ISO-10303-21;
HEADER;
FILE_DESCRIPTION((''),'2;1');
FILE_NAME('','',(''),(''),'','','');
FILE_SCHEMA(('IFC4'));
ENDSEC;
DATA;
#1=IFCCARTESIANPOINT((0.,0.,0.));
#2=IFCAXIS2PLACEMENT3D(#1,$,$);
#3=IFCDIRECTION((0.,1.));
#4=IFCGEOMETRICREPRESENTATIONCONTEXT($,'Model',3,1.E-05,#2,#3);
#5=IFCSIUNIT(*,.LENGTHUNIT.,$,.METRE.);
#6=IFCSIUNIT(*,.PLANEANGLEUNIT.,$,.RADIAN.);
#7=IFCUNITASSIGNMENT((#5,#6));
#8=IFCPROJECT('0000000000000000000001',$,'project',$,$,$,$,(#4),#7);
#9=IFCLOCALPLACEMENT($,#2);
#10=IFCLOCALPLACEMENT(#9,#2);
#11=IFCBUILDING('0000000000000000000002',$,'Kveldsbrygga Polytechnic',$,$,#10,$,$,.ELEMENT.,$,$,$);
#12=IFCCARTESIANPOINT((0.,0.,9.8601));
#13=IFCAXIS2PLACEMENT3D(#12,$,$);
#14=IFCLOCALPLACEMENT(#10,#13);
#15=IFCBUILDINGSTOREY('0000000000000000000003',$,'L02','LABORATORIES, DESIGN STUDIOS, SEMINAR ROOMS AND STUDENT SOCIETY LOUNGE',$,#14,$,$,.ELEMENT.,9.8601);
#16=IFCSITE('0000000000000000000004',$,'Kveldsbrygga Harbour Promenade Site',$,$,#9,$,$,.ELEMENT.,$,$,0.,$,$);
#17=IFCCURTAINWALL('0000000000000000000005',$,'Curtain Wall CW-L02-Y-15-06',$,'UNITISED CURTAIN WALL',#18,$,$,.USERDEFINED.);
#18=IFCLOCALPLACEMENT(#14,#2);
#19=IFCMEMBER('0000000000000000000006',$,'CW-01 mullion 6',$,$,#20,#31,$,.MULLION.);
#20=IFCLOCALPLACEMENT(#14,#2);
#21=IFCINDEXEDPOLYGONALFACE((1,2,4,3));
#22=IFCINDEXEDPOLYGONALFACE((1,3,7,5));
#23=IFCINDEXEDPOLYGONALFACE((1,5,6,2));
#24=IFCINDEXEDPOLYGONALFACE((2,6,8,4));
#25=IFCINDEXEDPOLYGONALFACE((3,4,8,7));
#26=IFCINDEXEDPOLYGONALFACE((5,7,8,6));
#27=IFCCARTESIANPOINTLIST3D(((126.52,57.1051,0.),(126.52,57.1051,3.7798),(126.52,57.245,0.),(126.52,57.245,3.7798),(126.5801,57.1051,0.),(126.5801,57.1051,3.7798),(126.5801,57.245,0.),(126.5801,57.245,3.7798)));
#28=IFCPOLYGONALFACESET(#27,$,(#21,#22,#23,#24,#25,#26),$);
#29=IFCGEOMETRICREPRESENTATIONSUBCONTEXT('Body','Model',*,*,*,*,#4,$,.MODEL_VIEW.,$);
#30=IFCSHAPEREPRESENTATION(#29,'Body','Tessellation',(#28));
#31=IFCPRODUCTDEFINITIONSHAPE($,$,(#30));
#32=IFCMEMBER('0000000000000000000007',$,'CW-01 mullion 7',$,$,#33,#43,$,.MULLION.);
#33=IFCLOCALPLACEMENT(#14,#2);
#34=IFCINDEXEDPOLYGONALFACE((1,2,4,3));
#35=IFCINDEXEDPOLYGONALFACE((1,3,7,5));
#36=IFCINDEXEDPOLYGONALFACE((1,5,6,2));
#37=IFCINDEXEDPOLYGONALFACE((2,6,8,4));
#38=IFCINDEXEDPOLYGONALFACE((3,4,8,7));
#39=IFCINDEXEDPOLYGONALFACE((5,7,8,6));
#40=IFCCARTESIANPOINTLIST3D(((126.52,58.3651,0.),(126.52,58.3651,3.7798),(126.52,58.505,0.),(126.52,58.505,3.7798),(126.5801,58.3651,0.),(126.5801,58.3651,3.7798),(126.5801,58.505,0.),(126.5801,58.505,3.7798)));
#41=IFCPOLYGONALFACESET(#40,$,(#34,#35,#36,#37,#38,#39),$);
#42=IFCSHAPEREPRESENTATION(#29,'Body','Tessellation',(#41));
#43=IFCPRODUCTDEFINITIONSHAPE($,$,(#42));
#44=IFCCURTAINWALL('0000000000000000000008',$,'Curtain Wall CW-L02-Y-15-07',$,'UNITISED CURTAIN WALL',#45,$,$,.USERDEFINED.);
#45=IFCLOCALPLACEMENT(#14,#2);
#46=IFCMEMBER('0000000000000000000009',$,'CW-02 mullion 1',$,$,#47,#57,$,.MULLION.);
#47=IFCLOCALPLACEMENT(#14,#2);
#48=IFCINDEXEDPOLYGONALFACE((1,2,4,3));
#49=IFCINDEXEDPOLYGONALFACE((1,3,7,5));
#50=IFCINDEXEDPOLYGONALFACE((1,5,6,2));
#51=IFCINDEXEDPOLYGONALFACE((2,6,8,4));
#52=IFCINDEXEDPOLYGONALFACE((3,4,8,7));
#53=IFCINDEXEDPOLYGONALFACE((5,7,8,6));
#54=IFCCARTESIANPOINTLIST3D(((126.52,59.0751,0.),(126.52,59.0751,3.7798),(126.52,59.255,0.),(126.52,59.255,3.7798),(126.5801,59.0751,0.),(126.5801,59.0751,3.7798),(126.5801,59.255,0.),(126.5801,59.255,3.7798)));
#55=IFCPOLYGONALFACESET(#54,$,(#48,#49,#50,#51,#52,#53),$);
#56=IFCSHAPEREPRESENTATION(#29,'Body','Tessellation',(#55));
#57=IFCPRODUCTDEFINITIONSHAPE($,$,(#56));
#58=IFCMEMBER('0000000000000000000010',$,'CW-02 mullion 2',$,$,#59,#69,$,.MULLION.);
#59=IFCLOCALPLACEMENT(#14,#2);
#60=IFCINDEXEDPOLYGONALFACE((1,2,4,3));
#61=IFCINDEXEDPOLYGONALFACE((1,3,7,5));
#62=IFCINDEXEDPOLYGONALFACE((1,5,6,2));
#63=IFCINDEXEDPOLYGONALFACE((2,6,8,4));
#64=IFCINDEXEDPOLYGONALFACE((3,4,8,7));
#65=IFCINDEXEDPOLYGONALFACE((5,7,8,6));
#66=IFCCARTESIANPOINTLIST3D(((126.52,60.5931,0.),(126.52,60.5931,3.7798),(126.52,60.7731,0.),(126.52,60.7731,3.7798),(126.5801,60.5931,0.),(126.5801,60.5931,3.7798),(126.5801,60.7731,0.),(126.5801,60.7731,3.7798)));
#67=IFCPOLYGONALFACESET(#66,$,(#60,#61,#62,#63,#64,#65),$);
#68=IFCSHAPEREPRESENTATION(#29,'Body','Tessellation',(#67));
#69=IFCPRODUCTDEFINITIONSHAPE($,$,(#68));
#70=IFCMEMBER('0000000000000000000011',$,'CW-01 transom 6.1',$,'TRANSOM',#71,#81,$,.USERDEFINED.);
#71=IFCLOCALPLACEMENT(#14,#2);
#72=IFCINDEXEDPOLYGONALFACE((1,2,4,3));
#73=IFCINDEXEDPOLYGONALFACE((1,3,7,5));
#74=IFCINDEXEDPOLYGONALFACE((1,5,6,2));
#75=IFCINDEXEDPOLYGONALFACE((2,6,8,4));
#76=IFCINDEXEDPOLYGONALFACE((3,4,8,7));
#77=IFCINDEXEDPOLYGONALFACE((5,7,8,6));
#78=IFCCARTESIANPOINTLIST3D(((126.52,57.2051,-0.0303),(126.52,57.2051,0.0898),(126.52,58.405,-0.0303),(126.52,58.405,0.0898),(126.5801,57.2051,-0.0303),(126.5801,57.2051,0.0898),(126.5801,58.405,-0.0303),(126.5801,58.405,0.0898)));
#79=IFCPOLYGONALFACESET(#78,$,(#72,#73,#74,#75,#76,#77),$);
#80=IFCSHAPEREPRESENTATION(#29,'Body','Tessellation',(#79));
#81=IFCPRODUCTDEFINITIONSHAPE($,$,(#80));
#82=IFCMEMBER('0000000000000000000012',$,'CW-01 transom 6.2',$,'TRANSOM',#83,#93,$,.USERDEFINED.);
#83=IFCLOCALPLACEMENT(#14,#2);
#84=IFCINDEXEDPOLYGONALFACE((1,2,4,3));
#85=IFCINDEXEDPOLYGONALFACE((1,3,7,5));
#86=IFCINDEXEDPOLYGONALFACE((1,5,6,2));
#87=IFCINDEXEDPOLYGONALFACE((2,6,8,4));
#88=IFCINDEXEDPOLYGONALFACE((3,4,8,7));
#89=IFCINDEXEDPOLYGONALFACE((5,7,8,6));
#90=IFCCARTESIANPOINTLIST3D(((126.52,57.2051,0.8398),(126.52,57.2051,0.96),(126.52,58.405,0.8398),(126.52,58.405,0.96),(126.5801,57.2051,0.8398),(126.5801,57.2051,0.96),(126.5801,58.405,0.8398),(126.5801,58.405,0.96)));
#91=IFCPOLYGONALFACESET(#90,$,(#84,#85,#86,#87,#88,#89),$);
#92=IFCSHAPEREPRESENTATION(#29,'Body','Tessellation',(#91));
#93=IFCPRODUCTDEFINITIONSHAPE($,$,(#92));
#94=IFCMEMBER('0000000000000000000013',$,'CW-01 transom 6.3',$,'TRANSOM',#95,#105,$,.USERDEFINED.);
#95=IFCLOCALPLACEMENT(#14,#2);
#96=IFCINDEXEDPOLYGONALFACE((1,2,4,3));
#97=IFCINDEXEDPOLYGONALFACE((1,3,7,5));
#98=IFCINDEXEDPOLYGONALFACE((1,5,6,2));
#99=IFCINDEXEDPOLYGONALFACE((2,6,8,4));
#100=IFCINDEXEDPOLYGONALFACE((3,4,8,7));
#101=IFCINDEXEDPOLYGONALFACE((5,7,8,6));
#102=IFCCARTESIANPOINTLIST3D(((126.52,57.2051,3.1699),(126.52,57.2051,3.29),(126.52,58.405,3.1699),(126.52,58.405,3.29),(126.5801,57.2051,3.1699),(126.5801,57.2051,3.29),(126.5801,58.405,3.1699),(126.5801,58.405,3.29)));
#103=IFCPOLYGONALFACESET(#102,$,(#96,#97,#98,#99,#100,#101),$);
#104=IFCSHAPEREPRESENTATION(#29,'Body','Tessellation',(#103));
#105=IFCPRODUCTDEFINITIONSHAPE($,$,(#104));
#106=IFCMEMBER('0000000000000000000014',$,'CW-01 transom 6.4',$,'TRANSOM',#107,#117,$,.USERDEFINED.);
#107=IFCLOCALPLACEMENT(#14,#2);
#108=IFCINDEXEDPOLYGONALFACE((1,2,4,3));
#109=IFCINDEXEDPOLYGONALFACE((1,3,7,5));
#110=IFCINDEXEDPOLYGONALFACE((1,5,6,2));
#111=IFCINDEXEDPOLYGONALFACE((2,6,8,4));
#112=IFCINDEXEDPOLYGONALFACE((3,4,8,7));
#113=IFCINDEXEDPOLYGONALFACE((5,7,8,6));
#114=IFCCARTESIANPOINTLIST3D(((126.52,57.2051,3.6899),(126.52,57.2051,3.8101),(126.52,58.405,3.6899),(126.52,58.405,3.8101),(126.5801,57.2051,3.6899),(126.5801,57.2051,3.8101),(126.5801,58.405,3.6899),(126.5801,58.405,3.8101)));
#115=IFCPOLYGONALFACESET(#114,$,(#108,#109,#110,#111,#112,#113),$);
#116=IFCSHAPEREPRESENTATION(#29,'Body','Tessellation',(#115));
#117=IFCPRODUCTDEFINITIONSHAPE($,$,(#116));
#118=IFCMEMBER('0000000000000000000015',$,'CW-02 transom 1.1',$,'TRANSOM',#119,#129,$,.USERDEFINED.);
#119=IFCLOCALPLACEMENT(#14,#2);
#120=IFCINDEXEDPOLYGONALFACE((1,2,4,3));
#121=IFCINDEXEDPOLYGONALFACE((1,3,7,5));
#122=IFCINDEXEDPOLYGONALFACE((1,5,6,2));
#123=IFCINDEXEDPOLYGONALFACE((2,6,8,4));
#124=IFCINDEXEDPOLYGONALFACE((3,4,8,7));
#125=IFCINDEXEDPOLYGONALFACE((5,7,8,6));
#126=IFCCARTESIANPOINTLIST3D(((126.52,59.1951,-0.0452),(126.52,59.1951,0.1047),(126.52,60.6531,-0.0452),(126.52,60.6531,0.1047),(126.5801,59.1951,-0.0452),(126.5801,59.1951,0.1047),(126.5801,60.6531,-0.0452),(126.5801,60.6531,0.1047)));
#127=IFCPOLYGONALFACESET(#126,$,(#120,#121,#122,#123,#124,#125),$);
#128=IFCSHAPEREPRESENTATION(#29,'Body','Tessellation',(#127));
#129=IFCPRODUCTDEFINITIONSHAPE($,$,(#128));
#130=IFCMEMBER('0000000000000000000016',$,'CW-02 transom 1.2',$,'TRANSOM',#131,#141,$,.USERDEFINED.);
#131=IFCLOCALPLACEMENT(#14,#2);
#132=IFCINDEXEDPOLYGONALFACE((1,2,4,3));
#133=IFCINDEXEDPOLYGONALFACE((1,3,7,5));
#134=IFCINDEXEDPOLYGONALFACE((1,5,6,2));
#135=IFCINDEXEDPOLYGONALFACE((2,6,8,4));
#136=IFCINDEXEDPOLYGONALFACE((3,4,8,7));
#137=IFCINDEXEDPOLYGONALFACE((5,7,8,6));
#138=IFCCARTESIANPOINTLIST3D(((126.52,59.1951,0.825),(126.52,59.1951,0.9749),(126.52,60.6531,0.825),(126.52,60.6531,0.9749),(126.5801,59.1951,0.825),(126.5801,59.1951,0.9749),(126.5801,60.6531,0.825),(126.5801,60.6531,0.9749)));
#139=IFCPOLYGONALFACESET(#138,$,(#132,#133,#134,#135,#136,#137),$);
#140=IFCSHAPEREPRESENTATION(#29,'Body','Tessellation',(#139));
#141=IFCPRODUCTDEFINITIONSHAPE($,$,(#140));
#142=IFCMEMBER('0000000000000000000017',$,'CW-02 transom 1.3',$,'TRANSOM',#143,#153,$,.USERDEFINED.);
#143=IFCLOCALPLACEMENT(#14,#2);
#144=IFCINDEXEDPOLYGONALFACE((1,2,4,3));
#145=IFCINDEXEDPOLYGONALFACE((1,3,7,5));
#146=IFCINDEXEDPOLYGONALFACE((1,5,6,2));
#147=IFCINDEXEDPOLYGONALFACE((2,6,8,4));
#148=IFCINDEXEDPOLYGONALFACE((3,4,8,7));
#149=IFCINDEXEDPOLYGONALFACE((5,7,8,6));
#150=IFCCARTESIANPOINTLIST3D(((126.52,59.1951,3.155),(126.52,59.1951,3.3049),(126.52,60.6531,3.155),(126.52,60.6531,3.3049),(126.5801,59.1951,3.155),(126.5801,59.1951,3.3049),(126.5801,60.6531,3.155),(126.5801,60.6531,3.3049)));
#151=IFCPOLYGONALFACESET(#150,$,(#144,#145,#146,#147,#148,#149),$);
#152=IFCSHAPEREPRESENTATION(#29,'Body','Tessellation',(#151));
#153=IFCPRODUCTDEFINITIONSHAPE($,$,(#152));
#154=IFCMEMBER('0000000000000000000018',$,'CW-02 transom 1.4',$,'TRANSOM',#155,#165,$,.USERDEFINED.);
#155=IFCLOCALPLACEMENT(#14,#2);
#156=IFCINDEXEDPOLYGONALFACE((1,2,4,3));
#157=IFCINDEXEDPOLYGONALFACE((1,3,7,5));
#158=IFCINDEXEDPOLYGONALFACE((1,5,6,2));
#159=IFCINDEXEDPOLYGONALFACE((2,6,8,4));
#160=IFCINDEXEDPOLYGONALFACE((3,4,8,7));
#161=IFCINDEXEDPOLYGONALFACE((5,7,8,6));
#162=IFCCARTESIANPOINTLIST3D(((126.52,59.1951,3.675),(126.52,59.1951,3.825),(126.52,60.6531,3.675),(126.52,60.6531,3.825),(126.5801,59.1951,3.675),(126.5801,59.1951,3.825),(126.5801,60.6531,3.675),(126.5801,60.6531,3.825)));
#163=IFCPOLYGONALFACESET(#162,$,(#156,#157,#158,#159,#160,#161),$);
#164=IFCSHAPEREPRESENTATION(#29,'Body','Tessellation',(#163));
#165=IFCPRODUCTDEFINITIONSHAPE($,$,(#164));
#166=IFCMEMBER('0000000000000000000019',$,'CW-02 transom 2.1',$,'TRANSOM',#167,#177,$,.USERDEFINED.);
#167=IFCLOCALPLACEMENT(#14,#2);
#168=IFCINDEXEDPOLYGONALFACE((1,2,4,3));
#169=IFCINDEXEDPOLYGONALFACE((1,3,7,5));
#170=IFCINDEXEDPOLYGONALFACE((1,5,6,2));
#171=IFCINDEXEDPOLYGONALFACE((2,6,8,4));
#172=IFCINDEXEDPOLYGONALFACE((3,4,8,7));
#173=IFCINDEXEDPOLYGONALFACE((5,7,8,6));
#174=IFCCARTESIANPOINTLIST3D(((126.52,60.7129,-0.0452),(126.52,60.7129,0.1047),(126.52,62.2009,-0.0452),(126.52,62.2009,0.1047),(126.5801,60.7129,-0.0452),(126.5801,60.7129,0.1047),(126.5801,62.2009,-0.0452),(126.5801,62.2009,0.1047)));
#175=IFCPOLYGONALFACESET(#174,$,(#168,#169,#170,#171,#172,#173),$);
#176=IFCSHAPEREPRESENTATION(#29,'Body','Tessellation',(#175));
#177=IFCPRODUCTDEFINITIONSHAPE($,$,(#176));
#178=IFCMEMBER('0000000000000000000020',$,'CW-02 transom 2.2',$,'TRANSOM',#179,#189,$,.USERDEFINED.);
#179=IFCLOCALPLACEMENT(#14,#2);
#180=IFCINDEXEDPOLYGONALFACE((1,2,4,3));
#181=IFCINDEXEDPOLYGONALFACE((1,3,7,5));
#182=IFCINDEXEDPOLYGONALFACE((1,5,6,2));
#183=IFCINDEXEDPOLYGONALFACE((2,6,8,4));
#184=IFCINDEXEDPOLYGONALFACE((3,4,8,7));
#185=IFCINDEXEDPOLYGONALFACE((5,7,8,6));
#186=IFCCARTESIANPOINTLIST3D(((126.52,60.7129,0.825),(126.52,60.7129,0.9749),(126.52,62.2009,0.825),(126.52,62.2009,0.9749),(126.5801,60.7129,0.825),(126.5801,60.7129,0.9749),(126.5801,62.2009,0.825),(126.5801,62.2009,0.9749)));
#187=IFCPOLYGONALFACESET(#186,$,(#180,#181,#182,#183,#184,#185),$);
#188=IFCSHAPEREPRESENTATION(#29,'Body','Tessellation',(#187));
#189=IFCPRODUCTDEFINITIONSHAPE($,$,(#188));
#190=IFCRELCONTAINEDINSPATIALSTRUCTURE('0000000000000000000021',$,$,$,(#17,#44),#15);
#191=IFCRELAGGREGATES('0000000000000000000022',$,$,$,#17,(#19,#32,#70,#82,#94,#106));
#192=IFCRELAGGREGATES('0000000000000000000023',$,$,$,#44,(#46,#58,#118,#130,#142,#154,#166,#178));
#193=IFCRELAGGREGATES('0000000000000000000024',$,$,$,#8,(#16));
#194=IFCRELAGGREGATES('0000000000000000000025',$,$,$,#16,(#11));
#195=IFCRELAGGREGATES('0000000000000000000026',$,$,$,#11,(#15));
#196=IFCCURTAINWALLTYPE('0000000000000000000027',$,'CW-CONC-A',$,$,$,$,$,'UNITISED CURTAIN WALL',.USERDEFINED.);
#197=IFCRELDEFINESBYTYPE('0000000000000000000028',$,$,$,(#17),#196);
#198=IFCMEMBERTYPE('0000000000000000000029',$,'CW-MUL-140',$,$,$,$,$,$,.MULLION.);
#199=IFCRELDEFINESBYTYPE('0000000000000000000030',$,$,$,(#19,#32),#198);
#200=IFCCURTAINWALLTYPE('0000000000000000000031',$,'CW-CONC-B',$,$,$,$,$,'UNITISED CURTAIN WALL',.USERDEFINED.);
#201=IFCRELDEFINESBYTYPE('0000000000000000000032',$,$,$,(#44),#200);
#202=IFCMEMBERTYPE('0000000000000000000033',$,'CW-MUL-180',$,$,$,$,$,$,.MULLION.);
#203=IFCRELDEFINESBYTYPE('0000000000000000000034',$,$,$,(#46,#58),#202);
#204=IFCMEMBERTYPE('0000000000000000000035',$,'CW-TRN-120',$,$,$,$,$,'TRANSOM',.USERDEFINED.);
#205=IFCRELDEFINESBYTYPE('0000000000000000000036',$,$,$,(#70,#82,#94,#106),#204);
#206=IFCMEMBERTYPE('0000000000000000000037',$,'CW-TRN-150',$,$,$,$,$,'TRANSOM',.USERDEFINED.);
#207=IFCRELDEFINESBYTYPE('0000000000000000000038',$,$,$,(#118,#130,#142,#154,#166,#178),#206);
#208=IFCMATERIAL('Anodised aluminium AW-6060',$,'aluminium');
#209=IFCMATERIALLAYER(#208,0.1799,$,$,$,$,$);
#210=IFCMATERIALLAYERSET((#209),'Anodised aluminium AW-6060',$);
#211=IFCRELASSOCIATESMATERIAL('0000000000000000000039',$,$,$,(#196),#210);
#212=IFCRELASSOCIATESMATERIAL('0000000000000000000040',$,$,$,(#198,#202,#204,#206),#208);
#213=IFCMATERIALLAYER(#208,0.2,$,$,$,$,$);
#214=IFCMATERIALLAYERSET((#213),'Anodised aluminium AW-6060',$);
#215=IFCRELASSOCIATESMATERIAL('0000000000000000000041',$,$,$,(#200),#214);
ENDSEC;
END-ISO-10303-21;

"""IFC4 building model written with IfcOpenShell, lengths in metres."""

from ifc_helpers import new_model, si_unit, direction, frame, origin, origin_2d, place, context, subcontext, project, spatial, rectangle, extrude, material, layer, layer_set, material_profile, profile_set, type_object, element, aggregate, save


model = new_model("IFC4")

# Units and contexts
model_context = context("Model", 3, precision=1e-05, world=origin(), true_north=direction((0.0, 1.0)))
body_context = subcontext(model_context, "Body", "Model", "MODEL_VIEW")
ifc_project = project(units=[si_unit("LENGTHUNIT", "METRE"), si_unit("PLANEANGLEUNIT", "RADIAN")], contexts=[model_context])

# Site, building, storey
site_placement = place(None, origin())
site = spatial("IfcSite", under=ifc_project, at=site_placement, Name="Kveldsbrygga Harbour Promenade Site", CompositionType="ELEMENT", RefElevation=0.0)
building_placement = place(site_placement, origin())
building = spatial("IfcBuilding", under=site, at=building_placement, Name="Kveldsbrygga Polytechnic", CompositionType="ELEMENT")
storey_placement = place(building_placement, frame((0.0, 0.0, 9.8601)))
storey = spatial("IfcBuildingStorey", under=building, at=storey_placement, Name="L02", Description="LABORATORIES, DESIGN STUDIOS, SEMINAR ROOMS AND STUDENT SOCIETY LOUNGE", CompositionType="ELEMENT", Elevation=9.8601)

# Curtain walls, members
ifc_material_1 = material(Name="Anodised aluminium AW-6060", Category="aluminium")
ifc_layer_1 = layer(ifc_material_1, 0.1799)
ifc_layer_set_1 = layer_set([ifc_layer_1], Name="Anodised aluminium AW-6060")
curtain_wall_type_1 = type_object("IfcCurtainWallType", Name="CW-CONC-A", ElementType="UNITISED CURTAIN WALL", PredefinedType="USERDEFINED", material=ifc_layer_set_1)
curtain_wall_1_placement = place(storey_placement, origin())
curtain_wall_1 = element("IfcCurtainWall", 1, at=curtain_wall_1_placement, inside=storey, type_object=curtain_wall_type_1, Name="Curtain Wall CW-L02-Y-15-06", ObjectType="UNITISED CURTAIN WALL", PredefinedType="USERDEFINED")
ifc_material_profile_1 = material_profile(ifc_material_1, rectangle(XDim=0.0601, YDim=0.1399, at=origin_2d()), Name="ALU 60x140")
ifc_profile_set_1 = profile_set([ifc_material_profile_1], Name="Anodised aluminium AW-6060")
member_type_1 = type_object("IfcMemberType", Name="CW-MUL-140", PredefinedType="MULLION", material=ifc_profile_set_1)
member_1_placement = place(storey_placement, frame((126.55, 57.175, 0.0), z_axis=(0.0, 0.0, 1.0), x_axis=(-1.0, 0.0, 0.0)))
member_1 = element("IfcMember", 2, at=member_1_placement, type_object=member_type_1, Name="CW-01 mullion 6", PredefinedType="MULLION", context=body_context, shape_type="SweptSolid", body=[
    extrude(rectangle(XDim=0.0601, YDim=0.1399, at=origin_2d()), origin(), (0.0, 0.0, 1.0), 3.7798),
])
member_2_placement = place(storey_placement, frame((126.55, 58.4351, 0.0), z_axis=(0.0, 0.0, 1.0), x_axis=(-1.0, 0.0, 0.0)))
member_2 = element("IfcMember", 3, at=member_2_placement, type_object=member_type_1, Name="CW-01 mullion 7", PredefinedType="MULLION", context=body_context, shape_type="SweptSolid", body=[
    extrude(rectangle(XDim=0.0601, YDim=0.1399, at=origin_2d()), origin(), (0.0, 0.0, 1.0), 3.7798),
])
ifc_layer_2 = layer(ifc_material_1, 0.2)
ifc_layer_set_2 = layer_set([ifc_layer_2], Name="Anodised aluminium AW-6060")
curtain_wall_type_2 = type_object("IfcCurtainWallType", Name="CW-CONC-B", ElementType="UNITISED CURTAIN WALL", PredefinedType="USERDEFINED", material=ifc_layer_set_2)
curtain_wall_2_placement = place(storey_placement, origin())
curtain_wall_2 = element("IfcCurtainWall", 4, at=curtain_wall_2_placement, inside=storey, type_object=curtain_wall_type_2, Name="Curtain Wall CW-L02-Y-15-07", ObjectType="UNITISED CURTAIN WALL", PredefinedType="USERDEFINED")
ifc_material_profile_2 = material_profile(ifc_material_1, rectangle(XDim=0.0601, YDim=0.1799, at=origin_2d()), Name="ALU 60x180")
ifc_profile_set_2 = profile_set([ifc_material_profile_2], Name="Anodised aluminium AW-6060")
member_type_2 = type_object("IfcMemberType", Name="CW-MUL-180", PredefinedType="MULLION", material=ifc_profile_set_2)
member_3_placement = place(storey_placement, frame((126.55, 59.165, 0.0), z_axis=(0.0, 0.0, 1.0), x_axis=(-1.0, 0.0, 0.0)))
member_3 = element("IfcMember", 5, at=member_3_placement, type_object=member_type_2, Name="CW-02 mullion 1", PredefinedType="MULLION", context=body_context, shape_type="SweptSolid", body=[
    extrude(rectangle(XDim=0.0601, YDim=0.1799, at=origin_2d()), origin(), (0.0, 0.0, 1.0), 3.7798),
])
member_4_placement = place(storey_placement, frame((126.55, 60.6831, 0.0), z_axis=(0.0, 0.0, 1.0), x_axis=(-1.0, 0.0, 0.0)))
member_4 = element("IfcMember", 6, at=member_4_placement, type_object=member_type_2, Name="CW-02 mullion 2", PredefinedType="MULLION", context=body_context, shape_type="SweptSolid", body=[
    extrude(rectangle(XDim=0.0601, YDim=0.1799, at=origin_2d()), origin(), (0.0, 0.0, 1.0), 3.7798),
])

# Members
ifc_material_profile_3 = material_profile(ifc_material_1, rectangle(XDim=0.0601, YDim=0.1201, at=origin_2d()), Name="ALU 60x120")
ifc_profile_set_3 = profile_set([ifc_material_profile_3], Name="Anodised aluminium AW-6060")
member_type_3 = type_object("IfcMemberType", Name="CW-TRN-120", ElementType="TRANSOM", PredefinedType="USERDEFINED", material=ifc_profile_set_3)
member_5_placement = place(storey_placement, frame((126.55, 57.2051, 0.0298), z_axis=(0.0, 1.0, 0.0), x_axis=(-1.0, 0.0, 0.0)))
member_5 = element("IfcMember", 7, at=member_5_placement, type_object=member_type_3, Name="CW-01 transom 6.1", ObjectType="TRANSOM", PredefinedType="USERDEFINED", context=body_context, shape_type="SweptSolid", body=[
    extrude(rectangle(XDim=0.0601, YDim=0.1201, at=origin_2d()), origin(), (0.0, 0.0, 1.0), 1.2),
])
member_6_placement = place(storey_placement, frame((126.55, 57.2051, 0.8999), z_axis=(0.0, 1.0, 0.0), x_axis=(-1.0, 0.0, 0.0)))
member_6 = element("IfcMember", 8, at=member_6_placement, type_object=member_type_3, Name="CW-01 transom 6.2", ObjectType="TRANSOM", PredefinedType="USERDEFINED", context=body_context, shape_type="SweptSolid", body=[
    extrude(rectangle(XDim=0.0601, YDim=0.1201, at=origin_2d()), origin(), (0.0, 0.0, 1.0), 1.2),
])
member_7_placement = place(storey_placement, frame((126.55, 57.2051, 3.23), z_axis=(0.0, 1.0, 0.0), x_axis=(-1.0, 0.0, 0.0)))
member_7 = element("IfcMember", 9, at=member_7_placement, type_object=member_type_3, Name="CW-01 transom 6.3", ObjectType="TRANSOM", PredefinedType="USERDEFINED", context=body_context, shape_type="SweptSolid", body=[
    extrude(rectangle(XDim=0.0601, YDim=0.1201, at=origin_2d()), origin(), (0.0, 0.0, 1.0), 1.2),
])
member_8_placement = place(storey_placement, frame((126.55, 57.2051, 3.75), z_axis=(0.0, 1.0, 0.0), x_axis=(-1.0, 0.0, 0.0)))
member_8 = element("IfcMember", 10, at=member_8_placement, type_object=member_type_3, Name="CW-01 transom 6.4", ObjectType="TRANSOM", PredefinedType="USERDEFINED", context=body_context, shape_type="SweptSolid", body=[
    extrude(rectangle(XDim=0.0601, YDim=0.1201, at=origin_2d()), origin(), (0.0, 0.0, 1.0), 1.2),
])
ifc_material_profile_4 = material_profile(ifc_material_1, rectangle(XDim=0.0601, YDim=0.1499, at=origin_2d()), Name="ALU 60x150")
ifc_profile_set_4 = profile_set([ifc_material_profile_4], Name="Anodised aluminium AW-6060")
member_type_4 = type_object("IfcMemberType", Name="CW-TRN-150", ElementType="TRANSOM", PredefinedType="USERDEFINED", material=ifc_profile_set_4)
member_9_placement = place(storey_placement, frame((126.55, 59.1951, 0.0298), z_axis=(0.0, 1.0, 0.0), x_axis=(-1.0, 0.0, 0.0)))
member_9 = element("IfcMember", 11, at=member_9_placement, type_object=member_type_4, Name="CW-02 transom 1.1", ObjectType="TRANSOM", PredefinedType="USERDEFINED", context=body_context, shape_type="SweptSolid", body=[
    extrude(rectangle(XDim=0.0601, YDim=0.1499, at=origin_2d()), origin(), (0.0, 0.0, 1.0), 1.458),
])
member_10_placement = place(storey_placement, frame((126.55, 59.1951, 0.8999), z_axis=(0.0, 1.0, 0.0), x_axis=(-1.0, 0.0, 0.0)))
member_10 = element("IfcMember", 12, at=member_10_placement, type_object=member_type_4, Name="CW-02 transom 1.2", ObjectType="TRANSOM", PredefinedType="USERDEFINED", context=body_context, shape_type="SweptSolid", body=[
    extrude(rectangle(XDim=0.0601, YDim=0.1499, at=origin_2d()), origin(), (0.0, 0.0, 1.0), 1.458),
])
member_11_placement = place(storey_placement, frame((126.55, 59.1951, 3.23), z_axis=(0.0, 1.0, 0.0), x_axis=(-1.0, 0.0, 0.0)))
member_11 = element("IfcMember", 13, at=member_11_placement, type_object=member_type_4, Name="CW-02 transom 1.3", ObjectType="TRANSOM", PredefinedType="USERDEFINED", context=body_context, shape_type="SweptSolid", body=[
    extrude(rectangle(XDim=0.0601, YDim=0.1499, at=origin_2d()), origin(), (0.0, 0.0, 1.0), 1.458),
])
member_12_placement = place(storey_placement, frame((126.55, 59.1951, 3.75), z_axis=(0.0, 1.0, 0.0), x_axis=(-1.0, 0.0, 0.0)))
member_12 = element("IfcMember", 14, at=member_12_placement, type_object=member_type_4, Name="CW-02 transom 1.4", ObjectType="TRANSOM", PredefinedType="USERDEFINED", context=body_context, shape_type="SweptSolid", body=[
    extrude(rectangle(XDim=0.0601, YDim=0.1499, at=origin_2d()), origin(), (0.0, 0.0, 1.0), 1.458),
])
member_13_placement = place(storey_placement, frame((126.55, 60.7129, 0.0298), z_axis=(0.0, 1.0, 0.0), x_axis=(-1.0, 0.0, 0.0)))
member_13 = element("IfcMember", 15, at=member_13_placement, type_object=member_type_4, Name="CW-02 transom 2.1", ObjectType="TRANSOM", PredefinedType="USERDEFINED", context=body_context, shape_type="SweptSolid", body=[
    extrude(rectangle(XDim=0.0601, YDim=0.1499, at=origin_2d()), origin(), (0.0, 0.0, 1.0), 1.488),
])
member_14_placement = place(storey_placement, frame((126.55, 60.7129, 0.8999), z_axis=(0.0, 1.0, 0.0), x_axis=(-1.0, 0.0, 0.0)))
member_14 = element("IfcMember", 16, at=member_14_placement, type_object=member_type_4, Name="CW-02 transom 2.2", ObjectType="TRANSOM", PredefinedType="USERDEFINED", context=body_context, shape_type="SweptSolid", body=[
    extrude(rectangle(XDim=0.0601, YDim=0.1499, at=origin_2d()), origin(), (0.0, 0.0, 1.0), 1.488),
])

aggregate(curtain_wall_1, [member_1, member_2, member_5, member_6, member_7, member_8])
aggregate(curtain_wall_2, [member_3, member_4, member_9, member_10, member_11, member_12, member_13, member_14])

save(model, "model.ifc")
